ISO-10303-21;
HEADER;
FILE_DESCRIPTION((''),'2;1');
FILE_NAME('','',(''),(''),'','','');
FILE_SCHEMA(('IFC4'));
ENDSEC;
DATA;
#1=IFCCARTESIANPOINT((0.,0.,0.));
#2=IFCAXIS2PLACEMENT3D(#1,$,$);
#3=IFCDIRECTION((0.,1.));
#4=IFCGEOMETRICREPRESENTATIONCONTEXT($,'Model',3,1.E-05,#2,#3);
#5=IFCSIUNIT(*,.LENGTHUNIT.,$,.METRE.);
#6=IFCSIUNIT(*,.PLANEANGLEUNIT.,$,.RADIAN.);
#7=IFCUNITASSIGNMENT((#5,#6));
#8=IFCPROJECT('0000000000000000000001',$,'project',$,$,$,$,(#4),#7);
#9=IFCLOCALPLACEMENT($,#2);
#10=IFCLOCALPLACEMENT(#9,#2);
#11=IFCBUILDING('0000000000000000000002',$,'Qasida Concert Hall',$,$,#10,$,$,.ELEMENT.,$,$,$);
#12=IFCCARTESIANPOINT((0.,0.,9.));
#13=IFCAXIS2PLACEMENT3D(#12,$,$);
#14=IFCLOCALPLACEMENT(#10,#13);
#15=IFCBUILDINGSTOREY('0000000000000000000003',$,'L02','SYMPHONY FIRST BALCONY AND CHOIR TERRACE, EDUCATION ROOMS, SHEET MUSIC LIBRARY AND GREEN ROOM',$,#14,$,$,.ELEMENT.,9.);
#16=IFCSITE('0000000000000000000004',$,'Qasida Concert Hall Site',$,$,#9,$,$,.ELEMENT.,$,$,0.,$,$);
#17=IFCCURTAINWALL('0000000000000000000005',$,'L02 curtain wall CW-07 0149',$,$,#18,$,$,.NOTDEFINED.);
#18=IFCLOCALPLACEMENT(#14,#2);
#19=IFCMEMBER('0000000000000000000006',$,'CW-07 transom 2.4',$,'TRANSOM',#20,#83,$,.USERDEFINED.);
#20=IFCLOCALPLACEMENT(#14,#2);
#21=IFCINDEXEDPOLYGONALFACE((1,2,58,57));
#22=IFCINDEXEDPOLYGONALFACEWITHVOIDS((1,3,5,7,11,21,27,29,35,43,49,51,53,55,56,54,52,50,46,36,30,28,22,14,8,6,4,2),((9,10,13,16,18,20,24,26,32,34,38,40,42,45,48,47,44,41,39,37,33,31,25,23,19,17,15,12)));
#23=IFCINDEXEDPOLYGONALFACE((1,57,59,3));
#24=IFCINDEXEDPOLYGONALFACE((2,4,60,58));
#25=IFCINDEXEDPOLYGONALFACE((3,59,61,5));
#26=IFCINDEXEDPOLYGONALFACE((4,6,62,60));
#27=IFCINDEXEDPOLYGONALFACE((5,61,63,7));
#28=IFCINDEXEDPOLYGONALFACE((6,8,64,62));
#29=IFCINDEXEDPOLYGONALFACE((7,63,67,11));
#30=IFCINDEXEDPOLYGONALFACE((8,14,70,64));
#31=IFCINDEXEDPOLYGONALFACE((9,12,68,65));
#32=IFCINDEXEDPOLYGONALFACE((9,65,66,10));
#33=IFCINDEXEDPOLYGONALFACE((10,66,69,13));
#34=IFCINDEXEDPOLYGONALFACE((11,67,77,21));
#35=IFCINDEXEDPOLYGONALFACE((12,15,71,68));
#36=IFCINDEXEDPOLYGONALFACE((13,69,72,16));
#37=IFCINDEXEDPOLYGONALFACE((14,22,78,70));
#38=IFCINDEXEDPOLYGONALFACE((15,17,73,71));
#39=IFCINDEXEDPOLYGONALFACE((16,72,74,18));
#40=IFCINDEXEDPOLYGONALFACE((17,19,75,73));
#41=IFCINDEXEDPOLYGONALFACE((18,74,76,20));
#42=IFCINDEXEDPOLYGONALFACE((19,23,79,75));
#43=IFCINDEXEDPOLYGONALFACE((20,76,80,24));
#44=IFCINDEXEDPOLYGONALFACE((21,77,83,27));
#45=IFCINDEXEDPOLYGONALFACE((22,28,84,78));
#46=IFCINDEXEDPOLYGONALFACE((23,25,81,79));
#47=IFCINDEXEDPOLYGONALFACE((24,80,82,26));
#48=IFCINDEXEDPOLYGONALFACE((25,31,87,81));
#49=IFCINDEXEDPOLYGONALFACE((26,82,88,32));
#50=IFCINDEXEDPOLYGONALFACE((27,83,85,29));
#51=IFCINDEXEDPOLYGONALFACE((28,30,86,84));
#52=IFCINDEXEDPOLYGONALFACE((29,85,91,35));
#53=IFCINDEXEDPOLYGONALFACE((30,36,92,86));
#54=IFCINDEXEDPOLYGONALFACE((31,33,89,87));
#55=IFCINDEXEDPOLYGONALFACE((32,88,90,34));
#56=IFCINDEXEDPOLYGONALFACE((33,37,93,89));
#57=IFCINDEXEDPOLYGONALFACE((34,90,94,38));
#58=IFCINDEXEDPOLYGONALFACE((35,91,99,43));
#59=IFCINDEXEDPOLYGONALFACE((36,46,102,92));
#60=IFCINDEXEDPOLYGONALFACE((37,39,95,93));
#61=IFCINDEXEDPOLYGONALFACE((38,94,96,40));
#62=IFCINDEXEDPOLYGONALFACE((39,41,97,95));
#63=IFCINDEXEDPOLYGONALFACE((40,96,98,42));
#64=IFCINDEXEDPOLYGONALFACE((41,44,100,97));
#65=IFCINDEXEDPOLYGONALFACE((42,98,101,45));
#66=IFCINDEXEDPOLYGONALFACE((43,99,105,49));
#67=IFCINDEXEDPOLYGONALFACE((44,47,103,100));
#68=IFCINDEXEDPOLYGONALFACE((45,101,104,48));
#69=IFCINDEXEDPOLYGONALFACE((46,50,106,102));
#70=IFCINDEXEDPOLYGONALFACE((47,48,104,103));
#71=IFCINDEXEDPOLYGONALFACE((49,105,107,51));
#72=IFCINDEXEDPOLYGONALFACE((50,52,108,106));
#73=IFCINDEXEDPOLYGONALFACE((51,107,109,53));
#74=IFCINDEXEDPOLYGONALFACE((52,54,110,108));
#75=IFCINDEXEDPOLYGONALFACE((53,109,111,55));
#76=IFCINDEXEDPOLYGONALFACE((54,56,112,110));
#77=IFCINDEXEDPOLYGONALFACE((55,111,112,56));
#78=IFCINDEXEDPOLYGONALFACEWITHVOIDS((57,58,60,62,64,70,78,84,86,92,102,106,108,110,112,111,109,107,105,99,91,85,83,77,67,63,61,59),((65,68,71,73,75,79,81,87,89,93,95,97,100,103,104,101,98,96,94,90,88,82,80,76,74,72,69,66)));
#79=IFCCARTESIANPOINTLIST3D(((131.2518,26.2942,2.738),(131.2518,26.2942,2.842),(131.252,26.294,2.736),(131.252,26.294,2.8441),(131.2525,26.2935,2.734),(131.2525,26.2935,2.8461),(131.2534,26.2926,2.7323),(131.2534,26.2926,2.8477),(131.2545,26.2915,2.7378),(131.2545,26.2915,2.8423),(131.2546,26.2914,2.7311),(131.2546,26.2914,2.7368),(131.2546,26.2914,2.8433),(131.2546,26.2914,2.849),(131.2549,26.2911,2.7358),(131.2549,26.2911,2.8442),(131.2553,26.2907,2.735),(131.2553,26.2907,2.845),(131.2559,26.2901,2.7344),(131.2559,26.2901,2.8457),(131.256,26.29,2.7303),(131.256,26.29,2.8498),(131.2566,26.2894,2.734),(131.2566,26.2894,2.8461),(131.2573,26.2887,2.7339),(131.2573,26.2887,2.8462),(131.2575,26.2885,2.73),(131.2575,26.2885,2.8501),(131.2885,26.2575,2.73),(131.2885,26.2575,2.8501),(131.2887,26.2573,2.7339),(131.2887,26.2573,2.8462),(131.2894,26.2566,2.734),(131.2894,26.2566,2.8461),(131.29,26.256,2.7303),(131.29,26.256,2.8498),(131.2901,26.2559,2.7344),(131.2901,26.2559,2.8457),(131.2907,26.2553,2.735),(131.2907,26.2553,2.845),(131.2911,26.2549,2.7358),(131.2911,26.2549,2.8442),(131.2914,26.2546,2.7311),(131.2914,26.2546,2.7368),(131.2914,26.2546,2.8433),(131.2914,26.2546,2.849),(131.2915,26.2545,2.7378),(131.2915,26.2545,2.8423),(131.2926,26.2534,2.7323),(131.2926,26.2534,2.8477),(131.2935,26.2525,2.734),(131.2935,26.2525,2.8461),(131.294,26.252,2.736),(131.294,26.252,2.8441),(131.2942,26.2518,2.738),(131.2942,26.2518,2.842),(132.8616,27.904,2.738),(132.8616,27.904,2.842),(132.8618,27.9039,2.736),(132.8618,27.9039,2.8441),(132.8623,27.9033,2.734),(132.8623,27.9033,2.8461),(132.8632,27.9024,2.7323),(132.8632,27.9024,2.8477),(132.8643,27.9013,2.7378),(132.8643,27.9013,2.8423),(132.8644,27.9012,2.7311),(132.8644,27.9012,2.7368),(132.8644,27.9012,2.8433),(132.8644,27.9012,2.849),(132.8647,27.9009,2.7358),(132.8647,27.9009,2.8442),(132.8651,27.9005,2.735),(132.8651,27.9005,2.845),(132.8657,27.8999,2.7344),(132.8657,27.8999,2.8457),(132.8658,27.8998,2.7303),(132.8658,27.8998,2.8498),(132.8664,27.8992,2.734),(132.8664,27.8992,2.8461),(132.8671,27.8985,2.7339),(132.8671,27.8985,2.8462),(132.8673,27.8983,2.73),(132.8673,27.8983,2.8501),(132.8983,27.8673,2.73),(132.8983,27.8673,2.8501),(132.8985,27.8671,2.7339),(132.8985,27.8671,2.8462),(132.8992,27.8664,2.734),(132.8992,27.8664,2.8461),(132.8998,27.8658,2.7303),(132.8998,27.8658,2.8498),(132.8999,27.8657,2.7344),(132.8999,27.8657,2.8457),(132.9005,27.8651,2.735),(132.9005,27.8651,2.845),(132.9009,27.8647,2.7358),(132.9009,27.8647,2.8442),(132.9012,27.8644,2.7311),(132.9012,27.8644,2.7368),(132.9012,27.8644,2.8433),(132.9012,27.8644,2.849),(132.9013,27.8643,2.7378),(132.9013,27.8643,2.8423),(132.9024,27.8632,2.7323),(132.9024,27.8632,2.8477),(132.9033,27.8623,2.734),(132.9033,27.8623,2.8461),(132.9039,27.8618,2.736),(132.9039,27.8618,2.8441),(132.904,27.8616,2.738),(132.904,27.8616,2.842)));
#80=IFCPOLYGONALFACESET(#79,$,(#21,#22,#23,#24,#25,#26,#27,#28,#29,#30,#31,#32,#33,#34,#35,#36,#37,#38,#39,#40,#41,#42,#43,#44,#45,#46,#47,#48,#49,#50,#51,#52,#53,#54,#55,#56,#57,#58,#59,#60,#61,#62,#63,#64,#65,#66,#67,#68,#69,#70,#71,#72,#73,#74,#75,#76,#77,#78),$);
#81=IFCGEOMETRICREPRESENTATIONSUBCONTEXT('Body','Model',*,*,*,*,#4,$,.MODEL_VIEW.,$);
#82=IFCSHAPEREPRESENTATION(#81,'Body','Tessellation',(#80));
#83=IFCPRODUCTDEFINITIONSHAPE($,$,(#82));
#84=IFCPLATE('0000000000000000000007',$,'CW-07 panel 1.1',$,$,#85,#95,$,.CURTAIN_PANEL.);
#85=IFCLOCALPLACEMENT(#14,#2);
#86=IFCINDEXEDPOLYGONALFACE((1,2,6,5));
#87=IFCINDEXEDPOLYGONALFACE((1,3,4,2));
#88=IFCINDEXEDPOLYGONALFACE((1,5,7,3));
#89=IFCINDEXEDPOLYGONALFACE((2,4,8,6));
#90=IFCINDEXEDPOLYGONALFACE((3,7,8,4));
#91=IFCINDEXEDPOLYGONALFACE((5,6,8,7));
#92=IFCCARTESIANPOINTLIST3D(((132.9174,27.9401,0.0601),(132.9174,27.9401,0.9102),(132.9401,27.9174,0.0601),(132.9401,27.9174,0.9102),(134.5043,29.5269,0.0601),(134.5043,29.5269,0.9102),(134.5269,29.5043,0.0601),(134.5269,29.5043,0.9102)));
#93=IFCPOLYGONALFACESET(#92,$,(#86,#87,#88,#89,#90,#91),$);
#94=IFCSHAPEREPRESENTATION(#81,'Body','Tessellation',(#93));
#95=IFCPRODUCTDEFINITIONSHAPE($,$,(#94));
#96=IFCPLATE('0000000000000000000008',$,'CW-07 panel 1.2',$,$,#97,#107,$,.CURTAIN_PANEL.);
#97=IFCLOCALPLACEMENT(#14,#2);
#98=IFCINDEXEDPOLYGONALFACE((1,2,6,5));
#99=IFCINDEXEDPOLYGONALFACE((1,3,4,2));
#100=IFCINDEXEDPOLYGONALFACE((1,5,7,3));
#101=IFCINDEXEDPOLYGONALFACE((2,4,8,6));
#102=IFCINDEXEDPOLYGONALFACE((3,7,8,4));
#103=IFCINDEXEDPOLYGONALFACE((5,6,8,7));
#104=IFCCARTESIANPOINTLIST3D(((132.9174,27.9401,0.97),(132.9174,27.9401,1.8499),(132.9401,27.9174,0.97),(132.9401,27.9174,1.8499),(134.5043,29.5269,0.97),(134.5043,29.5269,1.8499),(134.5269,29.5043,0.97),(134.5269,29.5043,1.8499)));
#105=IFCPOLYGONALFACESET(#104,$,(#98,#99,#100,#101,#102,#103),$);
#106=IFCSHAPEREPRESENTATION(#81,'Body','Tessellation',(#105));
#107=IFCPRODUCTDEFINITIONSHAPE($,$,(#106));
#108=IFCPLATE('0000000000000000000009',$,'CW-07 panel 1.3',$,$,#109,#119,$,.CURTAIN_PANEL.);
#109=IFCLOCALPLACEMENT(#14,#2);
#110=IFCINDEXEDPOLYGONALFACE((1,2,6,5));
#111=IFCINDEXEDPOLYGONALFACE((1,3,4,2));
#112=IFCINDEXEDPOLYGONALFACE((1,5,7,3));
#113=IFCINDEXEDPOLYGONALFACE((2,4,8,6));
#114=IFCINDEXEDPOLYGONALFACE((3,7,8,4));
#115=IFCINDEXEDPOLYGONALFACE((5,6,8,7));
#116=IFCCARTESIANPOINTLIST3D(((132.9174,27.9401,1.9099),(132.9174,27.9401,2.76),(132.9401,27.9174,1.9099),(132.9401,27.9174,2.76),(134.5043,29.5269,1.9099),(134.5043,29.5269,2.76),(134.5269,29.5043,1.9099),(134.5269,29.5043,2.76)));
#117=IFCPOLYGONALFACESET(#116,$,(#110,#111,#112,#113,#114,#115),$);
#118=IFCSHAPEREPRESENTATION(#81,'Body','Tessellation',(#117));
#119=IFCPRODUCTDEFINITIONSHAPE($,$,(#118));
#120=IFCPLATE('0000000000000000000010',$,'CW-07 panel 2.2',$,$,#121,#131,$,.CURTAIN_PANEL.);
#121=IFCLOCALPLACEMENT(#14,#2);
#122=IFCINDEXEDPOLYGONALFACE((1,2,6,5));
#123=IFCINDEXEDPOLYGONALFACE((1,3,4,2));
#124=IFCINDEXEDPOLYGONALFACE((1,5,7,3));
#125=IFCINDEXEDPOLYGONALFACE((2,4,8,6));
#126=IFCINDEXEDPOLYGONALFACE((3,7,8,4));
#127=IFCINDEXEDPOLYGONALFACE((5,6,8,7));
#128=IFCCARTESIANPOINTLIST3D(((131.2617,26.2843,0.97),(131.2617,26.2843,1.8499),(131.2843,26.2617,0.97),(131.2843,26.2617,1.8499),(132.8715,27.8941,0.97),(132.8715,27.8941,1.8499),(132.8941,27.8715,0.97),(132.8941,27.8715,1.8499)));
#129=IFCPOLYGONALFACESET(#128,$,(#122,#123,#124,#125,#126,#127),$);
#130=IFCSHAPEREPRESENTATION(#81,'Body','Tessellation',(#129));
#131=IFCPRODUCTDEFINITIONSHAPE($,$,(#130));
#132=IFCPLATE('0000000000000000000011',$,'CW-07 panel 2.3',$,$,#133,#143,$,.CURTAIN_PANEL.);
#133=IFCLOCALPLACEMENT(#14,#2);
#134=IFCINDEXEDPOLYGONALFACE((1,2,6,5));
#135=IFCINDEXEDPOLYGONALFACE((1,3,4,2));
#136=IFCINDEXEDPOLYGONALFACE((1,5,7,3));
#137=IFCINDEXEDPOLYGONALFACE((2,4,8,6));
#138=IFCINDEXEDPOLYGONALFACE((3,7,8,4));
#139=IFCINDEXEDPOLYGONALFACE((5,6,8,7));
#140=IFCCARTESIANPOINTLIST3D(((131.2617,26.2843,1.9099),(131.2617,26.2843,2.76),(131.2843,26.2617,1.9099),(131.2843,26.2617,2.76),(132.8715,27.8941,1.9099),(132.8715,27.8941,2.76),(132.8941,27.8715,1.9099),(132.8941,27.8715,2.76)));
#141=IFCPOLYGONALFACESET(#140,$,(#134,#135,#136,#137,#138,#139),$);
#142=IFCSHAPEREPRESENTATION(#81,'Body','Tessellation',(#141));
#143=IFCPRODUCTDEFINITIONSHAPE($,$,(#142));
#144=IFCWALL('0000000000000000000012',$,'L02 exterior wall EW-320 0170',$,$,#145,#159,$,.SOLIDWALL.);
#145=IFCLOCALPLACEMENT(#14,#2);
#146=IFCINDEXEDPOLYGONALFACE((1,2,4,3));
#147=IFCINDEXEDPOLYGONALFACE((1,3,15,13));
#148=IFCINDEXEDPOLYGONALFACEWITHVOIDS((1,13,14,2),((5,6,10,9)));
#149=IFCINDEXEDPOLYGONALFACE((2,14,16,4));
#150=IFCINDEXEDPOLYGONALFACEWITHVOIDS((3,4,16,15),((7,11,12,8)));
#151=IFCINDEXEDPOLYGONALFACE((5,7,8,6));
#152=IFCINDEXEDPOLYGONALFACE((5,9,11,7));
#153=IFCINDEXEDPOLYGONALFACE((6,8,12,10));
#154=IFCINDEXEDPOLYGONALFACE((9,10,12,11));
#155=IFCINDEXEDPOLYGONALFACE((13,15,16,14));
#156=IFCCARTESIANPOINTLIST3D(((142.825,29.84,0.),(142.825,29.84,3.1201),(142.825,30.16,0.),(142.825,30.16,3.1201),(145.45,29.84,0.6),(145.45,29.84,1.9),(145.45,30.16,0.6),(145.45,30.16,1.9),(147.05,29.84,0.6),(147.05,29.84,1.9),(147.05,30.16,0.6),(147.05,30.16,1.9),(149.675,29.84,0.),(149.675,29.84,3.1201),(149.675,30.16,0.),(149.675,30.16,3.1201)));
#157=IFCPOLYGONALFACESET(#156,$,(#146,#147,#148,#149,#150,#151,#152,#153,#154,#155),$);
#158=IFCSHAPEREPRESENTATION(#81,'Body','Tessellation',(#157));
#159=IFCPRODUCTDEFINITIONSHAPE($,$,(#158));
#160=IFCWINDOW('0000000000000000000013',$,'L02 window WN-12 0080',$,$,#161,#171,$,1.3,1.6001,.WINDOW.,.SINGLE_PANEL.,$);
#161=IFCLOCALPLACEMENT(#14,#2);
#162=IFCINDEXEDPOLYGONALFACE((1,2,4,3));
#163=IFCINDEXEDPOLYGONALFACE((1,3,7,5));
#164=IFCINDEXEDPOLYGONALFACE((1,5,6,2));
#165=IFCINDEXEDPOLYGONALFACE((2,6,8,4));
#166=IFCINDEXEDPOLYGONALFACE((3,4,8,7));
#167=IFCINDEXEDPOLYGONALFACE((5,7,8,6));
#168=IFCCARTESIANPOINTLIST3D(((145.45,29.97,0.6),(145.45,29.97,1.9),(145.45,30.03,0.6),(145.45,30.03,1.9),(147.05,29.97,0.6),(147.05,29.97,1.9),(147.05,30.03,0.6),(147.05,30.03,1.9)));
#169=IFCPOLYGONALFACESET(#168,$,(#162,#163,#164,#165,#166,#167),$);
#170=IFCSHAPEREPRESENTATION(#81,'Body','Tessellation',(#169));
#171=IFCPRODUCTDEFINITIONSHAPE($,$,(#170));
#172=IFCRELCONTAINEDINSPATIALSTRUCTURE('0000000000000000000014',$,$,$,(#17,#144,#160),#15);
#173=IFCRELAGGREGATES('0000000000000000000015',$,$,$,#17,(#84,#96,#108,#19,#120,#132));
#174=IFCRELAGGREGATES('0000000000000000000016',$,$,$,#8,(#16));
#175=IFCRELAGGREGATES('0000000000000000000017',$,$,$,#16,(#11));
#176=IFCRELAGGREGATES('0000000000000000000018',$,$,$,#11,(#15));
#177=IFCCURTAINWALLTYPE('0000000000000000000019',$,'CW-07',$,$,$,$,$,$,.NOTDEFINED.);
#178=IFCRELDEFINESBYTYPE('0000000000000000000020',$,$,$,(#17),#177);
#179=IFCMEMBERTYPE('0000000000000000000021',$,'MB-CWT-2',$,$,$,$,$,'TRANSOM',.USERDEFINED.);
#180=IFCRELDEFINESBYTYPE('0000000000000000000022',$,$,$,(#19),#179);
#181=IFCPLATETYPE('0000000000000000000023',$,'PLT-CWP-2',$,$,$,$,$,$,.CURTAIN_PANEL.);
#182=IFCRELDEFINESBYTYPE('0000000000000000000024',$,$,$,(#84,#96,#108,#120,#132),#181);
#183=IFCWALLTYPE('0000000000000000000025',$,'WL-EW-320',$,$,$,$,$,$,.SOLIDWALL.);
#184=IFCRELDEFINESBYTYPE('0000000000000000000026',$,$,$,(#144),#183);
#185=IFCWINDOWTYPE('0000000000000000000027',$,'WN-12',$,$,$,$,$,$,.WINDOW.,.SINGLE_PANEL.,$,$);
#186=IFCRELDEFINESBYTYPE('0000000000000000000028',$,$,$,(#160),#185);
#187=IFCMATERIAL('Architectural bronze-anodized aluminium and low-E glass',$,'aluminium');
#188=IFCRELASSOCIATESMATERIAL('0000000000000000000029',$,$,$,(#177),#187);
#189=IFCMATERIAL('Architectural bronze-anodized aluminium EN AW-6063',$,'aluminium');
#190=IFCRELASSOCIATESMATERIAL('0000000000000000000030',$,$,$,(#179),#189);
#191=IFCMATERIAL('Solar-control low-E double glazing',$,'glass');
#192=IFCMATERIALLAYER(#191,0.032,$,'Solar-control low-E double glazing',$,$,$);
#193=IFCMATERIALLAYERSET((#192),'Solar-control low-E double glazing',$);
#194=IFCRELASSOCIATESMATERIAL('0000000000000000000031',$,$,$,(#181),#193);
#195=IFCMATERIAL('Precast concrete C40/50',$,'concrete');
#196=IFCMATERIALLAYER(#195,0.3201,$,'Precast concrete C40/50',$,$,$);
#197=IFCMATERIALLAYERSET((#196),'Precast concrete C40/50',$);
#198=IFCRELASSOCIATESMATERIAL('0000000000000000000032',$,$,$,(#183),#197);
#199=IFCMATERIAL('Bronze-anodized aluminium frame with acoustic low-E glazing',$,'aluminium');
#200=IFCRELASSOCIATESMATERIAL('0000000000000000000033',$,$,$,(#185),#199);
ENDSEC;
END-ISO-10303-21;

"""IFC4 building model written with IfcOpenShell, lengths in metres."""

from ifc_helpers import new_model, si_unit, direction, frame, frame_2d, origin, origin_2d, place, context, subcontext, project, spatial, rectangle, hollow_rectangle, extrude, material, layer, layer_set, material_profile, profile_set, type_object, element, fill, aggregate, save


model = new_model("IFC4")

# Units and contexts
model_context = context("Model", 3, precision=1e-05, world=origin(), true_north=direction((0.0, 1.0)))
body_context = subcontext(model_context, "Body", "Model", "MODEL_VIEW")
ifc_project = project(units=[si_unit("LENGTHUNIT", "METRE"), si_unit("PLANEANGLEUNIT", "RADIAN")], contexts=[model_context])

# Site, building, storey
site_placement = place(None, origin())
site = spatial("IfcSite", under=ifc_project, at=site_placement, Name="Qasida Concert Hall Site", CompositionType="ELEMENT", RefElevation=0.0)
building_placement = place(site_placement, origin())
building = spatial("IfcBuilding", under=site, at=building_placement, Name="Qasida Concert Hall", CompositionType="ELEMENT")
storey_placement = place(building_placement, frame((0.0, 0.0, 9.0)))
storey = spatial("IfcBuildingStorey", under=building, at=storey_placement, Name="L02", Description="SYMPHONY FIRST BALCONY AND CHOIR TERRACE, EDUCATION ROOMS, SHEET MUSIC LIBRARY AND GREEN ROOM", CompositionType="ELEMENT", Elevation=9.0)

# Curtain wall, member, plates
ifc_material_1 = material(Name="Architectural bronze-anodized aluminium and low-E glass", Category="aluminium")
curtain_wall_type = type_object("IfcCurtainWallType", Name="CW-07", PredefinedType="NOTDEFINED", material=ifc_material_1)
curtain_wall_placement = place(storey_placement, origin())
curtain_wall = element("IfcCurtainWall", 1, at=curtain_wall_placement, inside=storey, type_object=curtain_wall_type, Name="L02 curtain wall CW-07 0149", PredefinedType="NOTDEFINED")
ifc_material_2 = material(Name="Architectural bronze-anodized aluminium EN AW-6063", Category="aluminium")
ifc_material_profile_1 = material_profile(ifc_material_2, hollow_rectangle(XDim=0.0601, YDim=0.1201, WallThickness=0.0039, InnerFilletRadius=0.0039, OuterFilletRadius=0.0081, at=origin_2d()), Name="CWT 120x60x4")
ifc_profile_set_1 = profile_set([ifc_material_profile_1], Name="Architectural bronze-anodized aluminium EN AW-6063")
member_type_1 = type_object("IfcMemberType", Name="MB-CWT-2", ElementType="TRANSOM", PredefinedType="USERDEFINED", material=ifc_profile_set_1)
member_1_placement = place(storey_placement, frame((132.8828, 27.8828, 2.79), z_axis=(-0.707107, -0.707107, 0.0), x_axis=(0.707107, -0.707107, 0.0)))
member_1 = element("IfcMember", 2, at=member_1_placement, type_object=member_type_1, Name="CW-07 transom 2.4", ObjectType="TRANSOM", PredefinedType="USERDEFINED", context=body_context, shape_type="SweptSolid", body=[
    extrude(hollow_rectangle(XDim=0.0601, YDim=0.1201, WallThickness=0.0039, InnerFilletRadius=0.0039, OuterFilletRadius=0.0081, at=origin_2d()), origin(), (0.0, 0.0, 1.0), 2.2766),
])
ifc_material_3 = material(Name="Solar-control low-E double glazing", Category="glass")
ifc_layer_1 = layer(ifc_material_3, 0.032, Name="Solar-control low-E double glazing")
ifc_layer_set_1 = layer_set([ifc_layer_1], Name="Solar-control low-E double glazing")
plate_type = type_object("IfcPlateType", Name="PLT-CWP-2", PredefinedType="CURTAIN_PANEL", material=ifc_layer_set_1)
plate_1_placement = place(storey_placement, frame((133.7222, 28.7222, 0.0601), z_axis=(0.0, 0.0, 1.0), x_axis=(-0.707107, -0.707107, 0.0)))
plate_1 = element("IfcPlate", 3, at=plate_1_placement, type_object=plate_type, Name="CW-07 panel 1.1", PredefinedType="CURTAIN_PANEL", context=body_context, shape_type="SweptSolid", body=[
    extrude(rectangle(XDim=2.2441, YDim=0.032, at=origin_2d()), origin(), (0.0, 0.0, 1.0), 0.8501),
])
plate_2_placement = place(storey_placement, frame((133.7222, 28.7222, 0.97), z_axis=(0.0, 0.0, 1.0), x_axis=(-0.707107, -0.707107, 0.0)))
plate_2 = element("IfcPlate", 4, at=plate_2_placement, type_object=plate_type, Name="CW-07 panel 1.2", PredefinedType="CURTAIN_PANEL", context=body_context, shape_type="SweptSolid", body=[
    extrude(rectangle(XDim=2.2441, YDim=0.032, at=origin_2d()), origin(), (0.0, 0.0, 1.0), 0.8799),
])
plate_3_placement = place(storey_placement, frame((133.7222, 28.7222, 1.9099), z_axis=(0.0, 0.0, 1.0), x_axis=(-0.707107, -0.707107, 0.0)))
plate_3 = element("IfcPlate", 5, at=plate_3_placement, type_object=plate_type, Name="CW-07 panel 1.3", PredefinedType="CURTAIN_PANEL", context=body_context, shape_type="SweptSolid", body=[
    extrude(rectangle(XDim=2.2441, YDim=0.032, at=origin_2d()), origin(), (0.0, 0.0, 1.0), 0.8501),
])
plate_4_placement = place(storey_placement, frame((132.0779, 27.0779, 0.97), z_axis=(0.0, 0.0, 1.0), x_axis=(-0.707107, -0.707107, 0.0)))
plate_4 = element("IfcPlate", 6, at=plate_4_placement, type_object=plate_type, Name="CW-07 panel 2.2", PredefinedType="CURTAIN_PANEL", context=body_context, shape_type="SweptSolid", body=[
    extrude(rectangle(XDim=2.2766, YDim=0.032, at=origin_2d()), origin(), (0.0, 0.0, 1.0), 0.8799),
])
plate_5_placement = place(storey_placement, frame((132.0779, 27.0779, 1.9099), z_axis=(0.0, 0.0, 1.0), x_axis=(-0.707107, -0.707107, 0.0)))
plate_5 = element("IfcPlate", 7, at=plate_5_placement, type_object=plate_type, Name="CW-07 panel 2.3", PredefinedType="CURTAIN_PANEL", context=body_context, shape_type="SweptSolid", body=[
    extrude(rectangle(XDim=2.2766, YDim=0.032, at=origin_2d()), origin(), (0.0, 0.0, 1.0), 0.8501),
])
aggregate(curtain_wall, [plate_1, plate_2, plate_3, member_1, plate_4, plate_5])

# Wall, opening, window
ifc_material_4 = material(Name="Precast concrete C40/50", Category="concrete")
ifc_layer_2 = layer(ifc_material_4, 0.3201, Name="Precast concrete C40/50")
ifc_layer_set_2 = layer_set([ifc_layer_2], Name="Precast concrete C40/50")
wall_type = type_object("IfcWallType", Name="WL-EW-320", PredefinedType="SOLIDWALL", material=ifc_layer_set_2)
wall_1_placement = place(storey_placement, frame((149.675, 30.0, 0.0), z_axis=(0.0, 0.0, 1.0), x_axis=(-1.0, 0.0, 0.0)))
wall_1 = element("IfcWall", 8, at=wall_1_placement, inside=storey, type_object=wall_type, Name="L02 exterior wall EW-320 0170", PredefinedType="SOLIDWALL", context=body_context, shape_type="SweptSolid", body=[
    extrude(rectangle(XDim=6.8501, YDim=0.3201, at=frame_2d((3.425, 0.0))), origin(), (0.0, 0.0, 1.0), 3.1201),
])
opening_1_placement = place(wall_1_placement, frame((2.625, 0.0, 0.6001)))
opening_1 = element("IfcOpeningElement", 9, at=opening_1_placement, cuts=wall_1, PredefinedType="OPENING", context=body_context, shape_type="SweptSolid", body=[
    extrude(rectangle(XDim=1.6001, YDim=1.3, at=frame_2d((0.8, 0.6499))), frame((0.0, 0.1699, 0.0), z_axis=(0.0, -1.0, 0.0), x_axis=(1.0, 0.0, 0.0)), (0.0, 0.0, 1.0), 0.3401),
])
ifc_material_5 = material(Name="Bronze-anodized aluminium frame with acoustic low-E glazing", Category="aluminium")
window_type_1 = type_object("IfcWindowType", Name="WN-12", PartitioningType="SINGLE_PANEL", PredefinedType="WINDOW", material=ifc_material_5)
window_1_placement = place(opening_1_placement, origin())
window_1 = element("IfcWindow", 10, at=window_1_placement, inside=storey, type_object=window_type_1, Name="L02 window WN-12 0080", OverallHeight=1.3, OverallWidth=1.6001, PartitioningType="SINGLE_PANEL", PredefinedType="WINDOW", context=body_context, shape_type="SweptSolid", body=[
    extrude(rectangle(XDim=1.6001, YDim=1.3, at=frame_2d((0.8, 0.6499))), frame((0.0, 0.03, 0.0), z_axis=(0.0, -1.0, 0.0), x_axis=(1.0, 0.0, 0.0)), (0.0, 0.0, 1.0), 0.0601),
])
fill(opening_1, window_1)

save(model, "model.ifc")
